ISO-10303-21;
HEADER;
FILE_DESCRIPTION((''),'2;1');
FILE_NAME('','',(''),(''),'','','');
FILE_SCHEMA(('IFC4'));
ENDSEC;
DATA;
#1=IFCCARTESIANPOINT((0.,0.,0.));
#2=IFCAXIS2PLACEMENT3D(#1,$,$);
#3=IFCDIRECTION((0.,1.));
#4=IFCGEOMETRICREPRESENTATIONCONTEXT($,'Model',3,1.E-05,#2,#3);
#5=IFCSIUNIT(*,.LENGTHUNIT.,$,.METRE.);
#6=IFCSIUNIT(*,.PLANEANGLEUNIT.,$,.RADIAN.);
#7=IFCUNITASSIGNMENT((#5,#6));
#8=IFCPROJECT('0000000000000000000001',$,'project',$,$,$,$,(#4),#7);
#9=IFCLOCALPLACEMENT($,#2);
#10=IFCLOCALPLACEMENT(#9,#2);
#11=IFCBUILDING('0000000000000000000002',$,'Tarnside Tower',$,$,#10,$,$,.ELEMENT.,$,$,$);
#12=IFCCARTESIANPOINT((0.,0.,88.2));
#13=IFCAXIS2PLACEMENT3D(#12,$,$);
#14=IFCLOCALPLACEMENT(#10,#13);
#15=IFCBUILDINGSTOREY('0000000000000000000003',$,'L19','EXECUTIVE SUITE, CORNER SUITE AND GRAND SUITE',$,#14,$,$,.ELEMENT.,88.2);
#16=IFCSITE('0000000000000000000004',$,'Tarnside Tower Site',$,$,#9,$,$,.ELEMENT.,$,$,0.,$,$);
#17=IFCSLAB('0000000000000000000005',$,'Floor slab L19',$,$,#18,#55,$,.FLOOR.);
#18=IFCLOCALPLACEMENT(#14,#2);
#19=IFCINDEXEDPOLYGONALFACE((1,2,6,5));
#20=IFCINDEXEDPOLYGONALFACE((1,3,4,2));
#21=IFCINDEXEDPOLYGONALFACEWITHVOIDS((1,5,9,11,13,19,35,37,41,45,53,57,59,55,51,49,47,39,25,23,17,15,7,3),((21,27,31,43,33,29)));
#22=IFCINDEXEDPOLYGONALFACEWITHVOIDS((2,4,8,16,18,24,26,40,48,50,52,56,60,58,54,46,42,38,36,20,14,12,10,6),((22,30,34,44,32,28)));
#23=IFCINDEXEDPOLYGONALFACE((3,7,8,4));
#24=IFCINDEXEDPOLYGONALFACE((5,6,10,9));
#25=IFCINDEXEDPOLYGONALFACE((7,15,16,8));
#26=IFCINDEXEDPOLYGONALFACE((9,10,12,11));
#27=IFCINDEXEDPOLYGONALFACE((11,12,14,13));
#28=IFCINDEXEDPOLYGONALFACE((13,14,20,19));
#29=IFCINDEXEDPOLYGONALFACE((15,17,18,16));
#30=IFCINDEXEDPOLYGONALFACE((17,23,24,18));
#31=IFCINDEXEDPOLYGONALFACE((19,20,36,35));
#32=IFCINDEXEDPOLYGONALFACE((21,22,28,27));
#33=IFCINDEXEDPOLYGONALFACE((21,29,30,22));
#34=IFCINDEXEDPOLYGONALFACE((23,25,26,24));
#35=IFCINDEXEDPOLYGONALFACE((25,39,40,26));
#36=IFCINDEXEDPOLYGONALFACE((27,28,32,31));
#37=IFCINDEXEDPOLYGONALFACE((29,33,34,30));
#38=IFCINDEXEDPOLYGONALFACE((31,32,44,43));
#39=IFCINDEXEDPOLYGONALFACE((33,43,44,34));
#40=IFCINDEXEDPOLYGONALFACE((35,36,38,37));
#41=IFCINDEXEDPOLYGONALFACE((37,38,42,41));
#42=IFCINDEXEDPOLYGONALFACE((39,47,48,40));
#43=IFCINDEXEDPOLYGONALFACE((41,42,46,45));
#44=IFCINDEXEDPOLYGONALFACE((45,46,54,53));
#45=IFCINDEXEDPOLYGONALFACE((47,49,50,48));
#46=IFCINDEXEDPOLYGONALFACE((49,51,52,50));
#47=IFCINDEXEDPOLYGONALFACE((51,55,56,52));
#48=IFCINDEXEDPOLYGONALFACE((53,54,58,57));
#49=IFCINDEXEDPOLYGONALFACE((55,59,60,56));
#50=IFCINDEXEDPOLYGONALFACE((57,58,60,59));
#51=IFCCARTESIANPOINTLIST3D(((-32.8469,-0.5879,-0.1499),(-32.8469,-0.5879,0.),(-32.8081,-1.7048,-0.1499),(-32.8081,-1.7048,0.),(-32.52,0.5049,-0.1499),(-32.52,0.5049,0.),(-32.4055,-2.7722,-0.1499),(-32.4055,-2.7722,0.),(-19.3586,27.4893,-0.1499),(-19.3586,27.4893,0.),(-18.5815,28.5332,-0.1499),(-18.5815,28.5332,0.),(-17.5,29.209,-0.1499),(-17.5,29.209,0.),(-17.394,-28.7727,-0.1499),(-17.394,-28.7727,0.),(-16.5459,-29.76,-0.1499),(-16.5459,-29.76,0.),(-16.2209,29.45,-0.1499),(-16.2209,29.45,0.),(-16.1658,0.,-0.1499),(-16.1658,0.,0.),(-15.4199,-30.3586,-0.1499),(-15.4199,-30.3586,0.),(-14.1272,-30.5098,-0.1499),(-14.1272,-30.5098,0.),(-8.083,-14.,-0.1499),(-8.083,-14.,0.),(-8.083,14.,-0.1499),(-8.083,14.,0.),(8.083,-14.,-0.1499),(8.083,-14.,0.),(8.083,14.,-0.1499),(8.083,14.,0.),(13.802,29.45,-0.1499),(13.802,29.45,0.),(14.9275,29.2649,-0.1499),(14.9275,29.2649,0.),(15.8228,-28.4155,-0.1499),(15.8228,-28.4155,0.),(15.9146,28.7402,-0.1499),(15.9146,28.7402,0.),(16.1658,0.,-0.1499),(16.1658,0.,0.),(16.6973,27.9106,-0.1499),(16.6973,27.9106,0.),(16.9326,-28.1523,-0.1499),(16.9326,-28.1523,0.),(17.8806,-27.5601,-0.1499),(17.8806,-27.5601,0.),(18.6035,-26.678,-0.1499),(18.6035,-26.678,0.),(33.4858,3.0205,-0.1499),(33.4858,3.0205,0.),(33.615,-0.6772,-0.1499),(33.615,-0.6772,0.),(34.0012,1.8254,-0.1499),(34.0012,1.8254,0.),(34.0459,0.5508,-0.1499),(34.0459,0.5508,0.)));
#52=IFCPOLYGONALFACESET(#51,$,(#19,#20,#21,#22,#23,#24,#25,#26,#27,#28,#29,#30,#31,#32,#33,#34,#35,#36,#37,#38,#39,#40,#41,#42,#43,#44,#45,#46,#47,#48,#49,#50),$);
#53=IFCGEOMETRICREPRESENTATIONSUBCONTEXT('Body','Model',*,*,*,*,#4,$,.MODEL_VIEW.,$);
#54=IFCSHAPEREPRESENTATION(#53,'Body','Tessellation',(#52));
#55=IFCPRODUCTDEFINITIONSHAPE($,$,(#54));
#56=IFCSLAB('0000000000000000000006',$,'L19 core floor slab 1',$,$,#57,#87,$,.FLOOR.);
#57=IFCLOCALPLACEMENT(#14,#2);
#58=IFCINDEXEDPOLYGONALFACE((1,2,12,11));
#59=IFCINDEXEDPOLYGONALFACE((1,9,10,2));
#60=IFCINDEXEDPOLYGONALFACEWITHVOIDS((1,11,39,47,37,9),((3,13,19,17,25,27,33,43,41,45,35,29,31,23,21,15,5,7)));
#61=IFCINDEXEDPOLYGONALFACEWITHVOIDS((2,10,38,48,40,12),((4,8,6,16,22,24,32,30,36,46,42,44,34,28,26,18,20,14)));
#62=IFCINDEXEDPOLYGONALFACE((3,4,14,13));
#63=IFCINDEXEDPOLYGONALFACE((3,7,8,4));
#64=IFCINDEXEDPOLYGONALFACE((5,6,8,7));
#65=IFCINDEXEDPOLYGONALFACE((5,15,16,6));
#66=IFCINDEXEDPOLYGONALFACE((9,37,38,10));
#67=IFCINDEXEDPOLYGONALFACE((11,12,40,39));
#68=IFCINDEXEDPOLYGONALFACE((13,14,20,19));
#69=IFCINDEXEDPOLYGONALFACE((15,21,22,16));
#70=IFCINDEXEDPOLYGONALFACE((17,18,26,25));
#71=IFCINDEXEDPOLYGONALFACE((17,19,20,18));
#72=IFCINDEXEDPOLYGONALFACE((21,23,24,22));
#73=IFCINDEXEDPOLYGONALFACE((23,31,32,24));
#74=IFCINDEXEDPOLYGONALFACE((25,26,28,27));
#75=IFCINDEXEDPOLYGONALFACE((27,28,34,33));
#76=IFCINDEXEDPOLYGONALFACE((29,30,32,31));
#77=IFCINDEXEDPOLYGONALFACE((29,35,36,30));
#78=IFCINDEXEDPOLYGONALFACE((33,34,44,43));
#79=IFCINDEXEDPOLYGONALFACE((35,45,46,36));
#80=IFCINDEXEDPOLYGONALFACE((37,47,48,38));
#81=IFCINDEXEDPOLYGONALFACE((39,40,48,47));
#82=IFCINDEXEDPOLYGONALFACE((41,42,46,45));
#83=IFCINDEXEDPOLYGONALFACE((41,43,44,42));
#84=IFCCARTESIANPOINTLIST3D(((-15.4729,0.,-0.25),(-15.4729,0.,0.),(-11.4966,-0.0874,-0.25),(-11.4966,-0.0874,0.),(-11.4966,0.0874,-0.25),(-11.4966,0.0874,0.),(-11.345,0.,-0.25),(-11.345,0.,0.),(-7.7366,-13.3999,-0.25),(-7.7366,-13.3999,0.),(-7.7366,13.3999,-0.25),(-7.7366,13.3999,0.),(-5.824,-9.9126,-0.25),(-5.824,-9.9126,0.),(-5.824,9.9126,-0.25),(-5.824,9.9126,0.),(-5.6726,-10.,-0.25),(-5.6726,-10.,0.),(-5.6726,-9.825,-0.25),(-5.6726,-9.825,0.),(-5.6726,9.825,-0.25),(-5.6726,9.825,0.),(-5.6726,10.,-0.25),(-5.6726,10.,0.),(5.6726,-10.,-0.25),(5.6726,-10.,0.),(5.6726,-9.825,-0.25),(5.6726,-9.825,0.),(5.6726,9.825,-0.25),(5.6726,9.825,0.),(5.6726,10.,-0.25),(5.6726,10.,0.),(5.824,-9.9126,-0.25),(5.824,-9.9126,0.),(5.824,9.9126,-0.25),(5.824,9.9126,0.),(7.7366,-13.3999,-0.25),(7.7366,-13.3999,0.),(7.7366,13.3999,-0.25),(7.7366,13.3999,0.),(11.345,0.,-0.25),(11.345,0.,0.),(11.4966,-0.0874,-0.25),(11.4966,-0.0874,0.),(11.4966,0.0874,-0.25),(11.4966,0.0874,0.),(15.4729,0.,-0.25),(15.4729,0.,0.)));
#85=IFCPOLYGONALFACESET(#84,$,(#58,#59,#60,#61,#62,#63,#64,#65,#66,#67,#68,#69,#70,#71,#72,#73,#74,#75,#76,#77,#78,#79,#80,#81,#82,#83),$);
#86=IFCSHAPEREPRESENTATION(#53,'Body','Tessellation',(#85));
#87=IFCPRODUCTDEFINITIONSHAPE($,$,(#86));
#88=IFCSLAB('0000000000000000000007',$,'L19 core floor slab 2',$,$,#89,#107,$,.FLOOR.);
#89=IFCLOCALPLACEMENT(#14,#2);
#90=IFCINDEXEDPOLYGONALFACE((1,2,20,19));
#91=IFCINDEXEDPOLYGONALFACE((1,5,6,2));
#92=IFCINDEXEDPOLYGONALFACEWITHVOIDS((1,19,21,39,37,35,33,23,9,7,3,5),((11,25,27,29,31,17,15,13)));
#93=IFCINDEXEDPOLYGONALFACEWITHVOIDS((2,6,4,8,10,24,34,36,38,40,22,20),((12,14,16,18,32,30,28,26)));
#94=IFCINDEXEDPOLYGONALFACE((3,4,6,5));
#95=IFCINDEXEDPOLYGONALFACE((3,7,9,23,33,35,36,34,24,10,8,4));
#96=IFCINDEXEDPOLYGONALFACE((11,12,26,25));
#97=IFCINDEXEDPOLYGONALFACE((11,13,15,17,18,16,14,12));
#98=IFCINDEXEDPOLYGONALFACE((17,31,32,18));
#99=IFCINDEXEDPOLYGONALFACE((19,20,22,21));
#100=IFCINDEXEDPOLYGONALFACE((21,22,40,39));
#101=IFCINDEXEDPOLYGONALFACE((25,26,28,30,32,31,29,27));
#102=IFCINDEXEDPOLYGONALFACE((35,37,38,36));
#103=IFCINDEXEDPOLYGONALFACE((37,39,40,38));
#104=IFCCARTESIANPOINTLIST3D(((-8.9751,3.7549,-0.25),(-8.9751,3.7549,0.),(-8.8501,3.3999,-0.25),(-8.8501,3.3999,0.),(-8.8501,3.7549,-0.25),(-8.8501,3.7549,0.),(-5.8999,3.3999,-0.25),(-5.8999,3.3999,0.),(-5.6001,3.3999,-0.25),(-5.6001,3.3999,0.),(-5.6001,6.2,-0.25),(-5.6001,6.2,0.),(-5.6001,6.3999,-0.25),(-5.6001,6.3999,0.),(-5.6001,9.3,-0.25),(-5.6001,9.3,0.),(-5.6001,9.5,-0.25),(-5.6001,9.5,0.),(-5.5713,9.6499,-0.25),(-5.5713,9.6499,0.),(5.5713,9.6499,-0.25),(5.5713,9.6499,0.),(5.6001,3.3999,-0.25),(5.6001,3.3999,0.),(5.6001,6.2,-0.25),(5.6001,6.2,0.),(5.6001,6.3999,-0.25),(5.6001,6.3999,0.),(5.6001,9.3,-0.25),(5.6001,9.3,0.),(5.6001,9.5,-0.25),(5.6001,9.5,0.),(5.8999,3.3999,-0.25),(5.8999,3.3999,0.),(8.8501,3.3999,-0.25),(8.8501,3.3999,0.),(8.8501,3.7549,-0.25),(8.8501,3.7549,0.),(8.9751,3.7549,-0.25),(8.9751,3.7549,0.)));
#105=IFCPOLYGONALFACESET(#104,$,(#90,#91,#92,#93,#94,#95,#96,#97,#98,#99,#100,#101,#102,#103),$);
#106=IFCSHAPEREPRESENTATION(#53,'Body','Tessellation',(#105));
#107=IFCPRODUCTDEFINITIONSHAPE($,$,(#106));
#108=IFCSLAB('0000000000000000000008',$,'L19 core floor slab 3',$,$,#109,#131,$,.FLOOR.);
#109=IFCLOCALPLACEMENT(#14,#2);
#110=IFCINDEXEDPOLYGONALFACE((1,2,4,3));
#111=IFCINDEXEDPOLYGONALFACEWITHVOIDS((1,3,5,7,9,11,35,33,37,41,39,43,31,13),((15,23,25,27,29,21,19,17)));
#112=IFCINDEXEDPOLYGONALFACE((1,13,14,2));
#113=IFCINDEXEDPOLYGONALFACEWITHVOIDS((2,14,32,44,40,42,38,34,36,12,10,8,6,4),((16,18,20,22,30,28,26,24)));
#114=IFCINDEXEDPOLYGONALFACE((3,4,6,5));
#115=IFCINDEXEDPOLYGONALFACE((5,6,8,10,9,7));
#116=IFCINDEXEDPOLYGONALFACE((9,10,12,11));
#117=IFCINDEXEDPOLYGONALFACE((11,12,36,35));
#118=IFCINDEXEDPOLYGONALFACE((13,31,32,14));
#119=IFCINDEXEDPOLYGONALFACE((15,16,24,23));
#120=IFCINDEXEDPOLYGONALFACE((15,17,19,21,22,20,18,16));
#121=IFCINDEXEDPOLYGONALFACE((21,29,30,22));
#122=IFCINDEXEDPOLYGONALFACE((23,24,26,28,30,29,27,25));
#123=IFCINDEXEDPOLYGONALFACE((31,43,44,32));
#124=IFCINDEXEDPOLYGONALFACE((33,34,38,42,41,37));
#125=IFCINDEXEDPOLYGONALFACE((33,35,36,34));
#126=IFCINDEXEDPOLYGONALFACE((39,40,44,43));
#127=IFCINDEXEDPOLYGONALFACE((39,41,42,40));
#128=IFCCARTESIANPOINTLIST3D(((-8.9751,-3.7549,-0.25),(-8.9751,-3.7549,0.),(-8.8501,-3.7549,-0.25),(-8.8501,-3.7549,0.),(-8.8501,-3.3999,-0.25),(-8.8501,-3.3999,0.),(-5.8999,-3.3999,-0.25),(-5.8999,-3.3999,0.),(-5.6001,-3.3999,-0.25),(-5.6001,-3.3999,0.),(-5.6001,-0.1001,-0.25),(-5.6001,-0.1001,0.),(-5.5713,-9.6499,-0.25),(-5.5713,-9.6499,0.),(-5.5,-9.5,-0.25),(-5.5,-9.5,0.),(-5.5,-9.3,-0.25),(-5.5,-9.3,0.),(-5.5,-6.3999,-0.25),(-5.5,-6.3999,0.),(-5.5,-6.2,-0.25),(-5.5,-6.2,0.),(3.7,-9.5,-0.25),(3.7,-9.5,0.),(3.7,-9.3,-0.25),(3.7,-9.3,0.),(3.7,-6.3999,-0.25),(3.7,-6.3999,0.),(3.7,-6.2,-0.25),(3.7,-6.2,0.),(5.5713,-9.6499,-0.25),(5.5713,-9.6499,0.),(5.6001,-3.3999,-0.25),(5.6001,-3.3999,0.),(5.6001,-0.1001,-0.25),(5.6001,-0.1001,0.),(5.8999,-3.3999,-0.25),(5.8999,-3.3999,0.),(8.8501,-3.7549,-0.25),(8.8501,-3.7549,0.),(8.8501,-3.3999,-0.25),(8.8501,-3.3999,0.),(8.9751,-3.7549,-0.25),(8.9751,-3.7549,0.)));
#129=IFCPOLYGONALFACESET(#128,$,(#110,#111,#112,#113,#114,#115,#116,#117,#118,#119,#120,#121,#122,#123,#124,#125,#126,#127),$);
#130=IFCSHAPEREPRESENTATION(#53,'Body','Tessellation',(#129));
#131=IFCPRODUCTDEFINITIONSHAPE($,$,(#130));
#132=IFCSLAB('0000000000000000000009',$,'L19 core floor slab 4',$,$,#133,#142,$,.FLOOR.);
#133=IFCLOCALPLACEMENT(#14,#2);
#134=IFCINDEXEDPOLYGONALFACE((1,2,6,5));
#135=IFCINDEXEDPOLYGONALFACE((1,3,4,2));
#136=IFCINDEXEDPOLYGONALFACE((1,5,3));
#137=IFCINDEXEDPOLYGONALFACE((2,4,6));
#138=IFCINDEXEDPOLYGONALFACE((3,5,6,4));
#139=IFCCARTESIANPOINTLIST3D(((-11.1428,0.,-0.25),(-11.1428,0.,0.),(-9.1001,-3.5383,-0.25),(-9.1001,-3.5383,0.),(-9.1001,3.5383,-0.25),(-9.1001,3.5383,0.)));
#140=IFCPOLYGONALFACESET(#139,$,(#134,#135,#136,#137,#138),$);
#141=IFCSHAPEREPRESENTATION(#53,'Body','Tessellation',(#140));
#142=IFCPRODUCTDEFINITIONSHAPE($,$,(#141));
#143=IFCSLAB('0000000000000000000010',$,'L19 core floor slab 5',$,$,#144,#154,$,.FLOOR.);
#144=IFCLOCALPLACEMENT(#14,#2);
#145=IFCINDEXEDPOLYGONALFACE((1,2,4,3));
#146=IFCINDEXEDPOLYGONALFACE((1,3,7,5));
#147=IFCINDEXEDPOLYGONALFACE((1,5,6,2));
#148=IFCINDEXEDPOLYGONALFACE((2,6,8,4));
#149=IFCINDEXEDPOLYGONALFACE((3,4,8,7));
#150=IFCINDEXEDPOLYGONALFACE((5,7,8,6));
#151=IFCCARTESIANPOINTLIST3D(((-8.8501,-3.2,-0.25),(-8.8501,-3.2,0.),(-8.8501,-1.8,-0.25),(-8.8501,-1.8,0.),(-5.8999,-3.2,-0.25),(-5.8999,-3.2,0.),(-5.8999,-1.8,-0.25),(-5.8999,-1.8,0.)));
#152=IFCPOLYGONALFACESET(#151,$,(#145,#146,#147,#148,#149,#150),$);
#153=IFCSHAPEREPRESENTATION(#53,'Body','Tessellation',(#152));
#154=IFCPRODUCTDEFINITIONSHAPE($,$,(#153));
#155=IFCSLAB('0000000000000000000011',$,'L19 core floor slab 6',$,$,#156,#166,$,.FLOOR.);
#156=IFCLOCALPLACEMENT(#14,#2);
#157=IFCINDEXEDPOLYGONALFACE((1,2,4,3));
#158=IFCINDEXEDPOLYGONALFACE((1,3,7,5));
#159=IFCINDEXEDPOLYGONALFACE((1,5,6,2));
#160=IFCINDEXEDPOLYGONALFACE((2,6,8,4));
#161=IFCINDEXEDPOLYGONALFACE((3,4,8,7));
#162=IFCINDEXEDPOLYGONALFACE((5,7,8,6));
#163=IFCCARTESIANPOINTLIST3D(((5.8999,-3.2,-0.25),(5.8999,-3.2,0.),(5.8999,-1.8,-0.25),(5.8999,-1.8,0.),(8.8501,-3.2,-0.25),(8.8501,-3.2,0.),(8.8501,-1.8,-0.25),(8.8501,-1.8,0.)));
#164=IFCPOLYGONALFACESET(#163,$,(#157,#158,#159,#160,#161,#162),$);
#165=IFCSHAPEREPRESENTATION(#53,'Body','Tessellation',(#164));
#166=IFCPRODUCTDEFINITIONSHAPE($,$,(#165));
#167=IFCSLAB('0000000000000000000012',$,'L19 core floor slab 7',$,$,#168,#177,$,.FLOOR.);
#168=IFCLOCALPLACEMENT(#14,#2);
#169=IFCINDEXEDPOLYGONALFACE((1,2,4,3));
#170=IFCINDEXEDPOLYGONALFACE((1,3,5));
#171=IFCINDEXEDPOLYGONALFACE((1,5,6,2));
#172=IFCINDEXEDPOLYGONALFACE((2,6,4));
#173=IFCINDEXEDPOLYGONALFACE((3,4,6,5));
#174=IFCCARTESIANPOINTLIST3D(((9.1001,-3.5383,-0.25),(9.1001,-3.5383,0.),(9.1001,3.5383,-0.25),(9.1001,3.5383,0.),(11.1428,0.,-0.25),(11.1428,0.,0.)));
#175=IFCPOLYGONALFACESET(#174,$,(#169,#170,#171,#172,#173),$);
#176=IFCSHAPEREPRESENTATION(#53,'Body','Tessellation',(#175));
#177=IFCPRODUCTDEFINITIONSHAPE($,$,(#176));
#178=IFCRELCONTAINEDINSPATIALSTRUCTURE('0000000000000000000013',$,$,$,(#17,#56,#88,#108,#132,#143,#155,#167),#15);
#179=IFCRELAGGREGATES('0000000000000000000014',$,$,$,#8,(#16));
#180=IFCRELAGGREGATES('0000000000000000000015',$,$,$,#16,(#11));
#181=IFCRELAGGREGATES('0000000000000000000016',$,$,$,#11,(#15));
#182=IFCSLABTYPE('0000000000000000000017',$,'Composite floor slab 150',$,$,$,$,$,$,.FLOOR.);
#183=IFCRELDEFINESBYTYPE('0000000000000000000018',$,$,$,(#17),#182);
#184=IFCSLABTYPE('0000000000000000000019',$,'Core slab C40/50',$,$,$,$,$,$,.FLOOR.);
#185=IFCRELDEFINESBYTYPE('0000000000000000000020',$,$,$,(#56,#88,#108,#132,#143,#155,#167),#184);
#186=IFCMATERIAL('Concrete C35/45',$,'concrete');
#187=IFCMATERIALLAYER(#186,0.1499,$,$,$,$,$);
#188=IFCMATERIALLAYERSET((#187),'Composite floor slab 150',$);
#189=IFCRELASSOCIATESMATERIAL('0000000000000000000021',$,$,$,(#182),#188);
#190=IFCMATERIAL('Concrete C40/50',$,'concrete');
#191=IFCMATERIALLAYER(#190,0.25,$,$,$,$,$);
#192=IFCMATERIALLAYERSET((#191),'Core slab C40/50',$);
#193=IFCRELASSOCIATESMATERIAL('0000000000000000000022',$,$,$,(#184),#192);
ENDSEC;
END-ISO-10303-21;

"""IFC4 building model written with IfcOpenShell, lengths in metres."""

from ifc_helpers import new_model, si_unit, direction, frame, origin, place, context, subcontext, project, spatial, polyline, outline, extrude, material, layer, layer_set, type_object, element, save


model = new_model("IFC4")

# Units and contexts
model_context = context("Model", 3, precision=1e-05, world=origin(), true_north=direction((0.0, 1.0)))
body_context = subcontext(model_context, "Body", "Model", "MODEL_VIEW")
ifc_project = project(units=[si_unit("LENGTHUNIT", "METRE"), si_unit("PLANEANGLEUNIT", "RADIAN")], contexts=[model_context])

# Site, building, storey
site_placement = place(None, origin())
site = spatial("IfcSite", under=ifc_project, at=site_placement, Name="Tarnside Tower Site", CompositionType="ELEMENT", RefElevation=0.0)
building_placement = place(site_placement, origin())
building = spatial("IfcBuilding", under=site, at=building_placement, Name="Tarnside Tower", CompositionType="ELEMENT")
storey_placement = place(building_placement, frame((0.0, 0.0, 88.2)))
storey = spatial("IfcBuildingStorey", under=building, at=storey_placement, Name="L19", Description="EXECUTIVE SUITE, CORNER SUITE AND GRAND SUITE", CompositionType="ELEMENT", Elevation=88.2)

# Slabs
ifc_material_1 = material(Name="Concrete C35/45", Category="concrete")
ifc_layer_1 = layer(ifc_material_1, 0.1499)
ifc_layer_set_1 = layer_set([ifc_layer_1], Name="Composite floor slab 150")
slab_type_1 = type_object("IfcSlabType", Name="Composite floor slab 150", PredefinedType="FLOOR", material=ifc_layer_set_1)
slab_1_placement = place(storey_placement, frame((0.0, 0.0, -0.1499)))
element("IfcSlab", 1, at=slab_1_placement, inside=storey, type_object=slab_type_1, Name="Floor slab L19", PredefinedType="FLOOR", context=body_context, shape_type="SweptSolid", body=[
    extrude(outline(polyline([(14.9275, 29.2649), (15.9146, 28.7402), (16.6973, 27.9106), (33.4858, 3.0205), (34.0012, 1.8254), (34.0459, 0.5508), (33.615, -0.6772), (18.6035, -26.678), (17.8806, -27.5601), (16.9326, -28.1523), (15.8228, -28.4155), (-14.1272, -30.5098), (-15.4199, -30.3586), (-16.5459, -29.76), (-17.394, -28.7727), (-32.4055, -2.7722), (-32.8081, -1.7048), (-32.8469, -0.5879), (-32.52, 0.5049), (-19.3586, 27.4893), (-18.5815, 28.5332), (-17.5, 29.209), (-16.2209, 29.45), (13.802, 29.45), (14.9275, 29.2649)]), holes=[polyline([(-16.1658, 0.0), (-8.083, -14.0), (8.083, -14.0), (16.1658, 0.0), (8.083, 14.0), (-8.083, 14.0), (-16.1658, 0.0)])]), origin(), (0.0, 0.0, 1.0), 0.1499),
])
ifc_material_2 = material(Name="Concrete C40/50", Category="concrete")
ifc_layer_2 = layer(ifc_material_2, 0.25)
ifc_layer_set_2 = layer_set([ifc_layer_2], Name="Core slab C40/50")
slab_type_2 = type_object("IfcSlabType", Name="Core slab C40/50", PredefinedType="FLOOR", material=ifc_layer_set_2)
slab_2_placement = place(storey_placement, frame((0.0, 0.0, -0.25)))
element("IfcSlab", 2, at=slab_2_placement, inside=storey, type_object=slab_type_2, Name="L19 core floor slab 1", PredefinedType="FLOOR", context=body_context, shape_type="SweptSolid", body=[
    extrude(outline(polyline([(-15.4729, 0.0), (-7.7366, 13.3999), (7.7366, 13.3999), (15.4729, 0.0), (7.7366, -13.3999), (-7.7366, -13.3999), (-15.4729, 0.0)]), holes=[polyline([(5.824, -9.9126), (11.4966, -0.0874), (11.345, 0.0), (11.4966, 0.0874), (5.824, 9.9126), (5.6726, 9.825), (5.6726, 10.0), (-5.6726, 10.0), (-5.6726, 9.825), (-5.824, 9.9126), (-11.4966, 0.0874), (-11.345, 0.0), (-11.4966, -0.0874), (-5.824, -9.9126), (-5.6726, -9.825), (-5.6726, -10.0), (5.6726, -10.0), (5.6726, -9.825), (5.824, -9.9126)])]), origin(), (0.0, 0.0, 1.0), 0.25),
])
slab_3_placement = place(storey_placement, frame((0.0, 0.0, -0.25)))
element("IfcSlab", 3, at=slab_3_placement, inside=storey, type_object=slab_type_2, Name="L19 core floor slab 2", PredefinedType="FLOOR", context=body_context, shape_type="SweptSolid", body=[
    extrude(outline(polyline([(-8.9751, 3.7549), (-5.5713, 9.6499), (5.5713, 9.6499), (8.9751, 3.7549), (8.8501, 3.7549), (8.8501, 3.3999), (5.8999, 3.3999), (5.6001, 3.3999), (5.6001, 3.3999), (-5.6001, 3.3999), (-5.8999, 3.3999), (-8.8501, 3.3999), (-8.8501, 3.7549), (-8.9751, 3.7549)]), holes=[polyline([(-5.6001, 6.2), (5.6001, 6.2), (5.6001, 6.3999), (5.6001, 9.3), (5.6001, 9.5), (-5.6001, 9.5), (-5.6001, 9.3), (-5.6001, 6.3999), (-5.6001, 6.2)])]), origin(), (0.0, 0.0, 1.0), 0.25),
])
slab_4_placement = place(storey_placement, frame((0.0, 0.0, -0.25)))
element("IfcSlab", 4, at=slab_4_placement, inside=storey, type_object=slab_type_2, Name="L19 core floor slab 3", PredefinedType="FLOOR", context=body_context, shape_type="SweptSolid", body=[
    extrude(outline(polyline([(5.6001, -3.3999), (5.8999, -3.3999), (8.8501, -3.3999), (8.8501, -3.7549), (8.9751, -3.7549), (5.5713, -9.6499), (-5.5713, -9.6499), (-8.9751, -3.7549), (-8.8501, -3.7549), (-8.8501, -3.3999), (-5.8999, -3.3999), (-5.6001, -3.3999), (-5.6001, -0.1001), (5.6001, -0.1001), (5.6001, -3.3999)]), holes=[polyline([(-5.5, -9.3), (-5.5, -9.5), (3.7, -9.5), (3.7, -9.3), (3.7, -6.3999), (3.7, -6.2), (-5.5, -6.2), (-5.5, -6.3999), (-5.5, -9.3)])]), origin(), (0.0, 0.0, 1.0), 0.25),
])
slab_5_placement = place(storey_placement, frame((0.0, 0.0, -0.25)))
element("IfcSlab", 5, at=slab_5_placement, inside=storey, type_object=slab_type_2, Name="L19 core floor slab 4", PredefinedType="FLOOR", context=body_context, shape_type="SweptSolid", body=[
    extrude(outline(polyline([(-11.1428, 0.0), (-9.1001, 3.5383), (-9.1001, -3.5383), (-11.1428, 0.0)])), origin(), (0.0, 0.0, 1.0), 0.25),
])
slab_6_placement = place(storey_placement, frame((0.0, 0.0, -0.25)))
element("IfcSlab", 6, at=slab_6_placement, inside=storey, type_object=slab_type_2, Name="L19 core floor slab 5", PredefinedType="FLOOR", context=body_context, shape_type="SweptSolid", body=[
    extrude(outline(polyline([(-8.8501, -1.8), (-5.8999, -1.8), (-5.8999, -3.2), (-8.8501, -3.2), (-8.8501, -1.8)])), origin(), (0.0, 0.0, 1.0), 0.25),
])
slab_7_placement = place(storey_placement, frame((0.0, 0.0, -0.25)))
element("IfcSlab", 7, at=slab_7_placement, inside=storey, type_object=slab_type_2, Name="L19 core floor slab 6", PredefinedType="FLOOR", context=body_context, shape_type="SweptSolid", body=[
    extrude(outline(polyline([(5.8999, -3.2), (5.8999, -1.8), (8.8501, -1.8), (8.8501, -3.2), (5.8999, -3.2)])), origin(), (0.0, 0.0, 1.0), 0.25),
])
slab_8_placement = place(storey_placement, frame((0.0, 0.0, -0.25)))
element("IfcSlab", 8, at=slab_8_placement, inside=storey, type_object=slab_type_2, Name="L19 core floor slab 7", PredefinedType="FLOOR", context=body_context, shape_type="SweptSolid", body=[
    extrude(outline(polyline([(9.1001, -3.5383), (9.1001, 3.5383), (11.1428, 0.0), (9.1001, -3.5383)])), origin(), (0.0, 0.0, 1.0), 0.25),
])

save(model, "model.ifc")
